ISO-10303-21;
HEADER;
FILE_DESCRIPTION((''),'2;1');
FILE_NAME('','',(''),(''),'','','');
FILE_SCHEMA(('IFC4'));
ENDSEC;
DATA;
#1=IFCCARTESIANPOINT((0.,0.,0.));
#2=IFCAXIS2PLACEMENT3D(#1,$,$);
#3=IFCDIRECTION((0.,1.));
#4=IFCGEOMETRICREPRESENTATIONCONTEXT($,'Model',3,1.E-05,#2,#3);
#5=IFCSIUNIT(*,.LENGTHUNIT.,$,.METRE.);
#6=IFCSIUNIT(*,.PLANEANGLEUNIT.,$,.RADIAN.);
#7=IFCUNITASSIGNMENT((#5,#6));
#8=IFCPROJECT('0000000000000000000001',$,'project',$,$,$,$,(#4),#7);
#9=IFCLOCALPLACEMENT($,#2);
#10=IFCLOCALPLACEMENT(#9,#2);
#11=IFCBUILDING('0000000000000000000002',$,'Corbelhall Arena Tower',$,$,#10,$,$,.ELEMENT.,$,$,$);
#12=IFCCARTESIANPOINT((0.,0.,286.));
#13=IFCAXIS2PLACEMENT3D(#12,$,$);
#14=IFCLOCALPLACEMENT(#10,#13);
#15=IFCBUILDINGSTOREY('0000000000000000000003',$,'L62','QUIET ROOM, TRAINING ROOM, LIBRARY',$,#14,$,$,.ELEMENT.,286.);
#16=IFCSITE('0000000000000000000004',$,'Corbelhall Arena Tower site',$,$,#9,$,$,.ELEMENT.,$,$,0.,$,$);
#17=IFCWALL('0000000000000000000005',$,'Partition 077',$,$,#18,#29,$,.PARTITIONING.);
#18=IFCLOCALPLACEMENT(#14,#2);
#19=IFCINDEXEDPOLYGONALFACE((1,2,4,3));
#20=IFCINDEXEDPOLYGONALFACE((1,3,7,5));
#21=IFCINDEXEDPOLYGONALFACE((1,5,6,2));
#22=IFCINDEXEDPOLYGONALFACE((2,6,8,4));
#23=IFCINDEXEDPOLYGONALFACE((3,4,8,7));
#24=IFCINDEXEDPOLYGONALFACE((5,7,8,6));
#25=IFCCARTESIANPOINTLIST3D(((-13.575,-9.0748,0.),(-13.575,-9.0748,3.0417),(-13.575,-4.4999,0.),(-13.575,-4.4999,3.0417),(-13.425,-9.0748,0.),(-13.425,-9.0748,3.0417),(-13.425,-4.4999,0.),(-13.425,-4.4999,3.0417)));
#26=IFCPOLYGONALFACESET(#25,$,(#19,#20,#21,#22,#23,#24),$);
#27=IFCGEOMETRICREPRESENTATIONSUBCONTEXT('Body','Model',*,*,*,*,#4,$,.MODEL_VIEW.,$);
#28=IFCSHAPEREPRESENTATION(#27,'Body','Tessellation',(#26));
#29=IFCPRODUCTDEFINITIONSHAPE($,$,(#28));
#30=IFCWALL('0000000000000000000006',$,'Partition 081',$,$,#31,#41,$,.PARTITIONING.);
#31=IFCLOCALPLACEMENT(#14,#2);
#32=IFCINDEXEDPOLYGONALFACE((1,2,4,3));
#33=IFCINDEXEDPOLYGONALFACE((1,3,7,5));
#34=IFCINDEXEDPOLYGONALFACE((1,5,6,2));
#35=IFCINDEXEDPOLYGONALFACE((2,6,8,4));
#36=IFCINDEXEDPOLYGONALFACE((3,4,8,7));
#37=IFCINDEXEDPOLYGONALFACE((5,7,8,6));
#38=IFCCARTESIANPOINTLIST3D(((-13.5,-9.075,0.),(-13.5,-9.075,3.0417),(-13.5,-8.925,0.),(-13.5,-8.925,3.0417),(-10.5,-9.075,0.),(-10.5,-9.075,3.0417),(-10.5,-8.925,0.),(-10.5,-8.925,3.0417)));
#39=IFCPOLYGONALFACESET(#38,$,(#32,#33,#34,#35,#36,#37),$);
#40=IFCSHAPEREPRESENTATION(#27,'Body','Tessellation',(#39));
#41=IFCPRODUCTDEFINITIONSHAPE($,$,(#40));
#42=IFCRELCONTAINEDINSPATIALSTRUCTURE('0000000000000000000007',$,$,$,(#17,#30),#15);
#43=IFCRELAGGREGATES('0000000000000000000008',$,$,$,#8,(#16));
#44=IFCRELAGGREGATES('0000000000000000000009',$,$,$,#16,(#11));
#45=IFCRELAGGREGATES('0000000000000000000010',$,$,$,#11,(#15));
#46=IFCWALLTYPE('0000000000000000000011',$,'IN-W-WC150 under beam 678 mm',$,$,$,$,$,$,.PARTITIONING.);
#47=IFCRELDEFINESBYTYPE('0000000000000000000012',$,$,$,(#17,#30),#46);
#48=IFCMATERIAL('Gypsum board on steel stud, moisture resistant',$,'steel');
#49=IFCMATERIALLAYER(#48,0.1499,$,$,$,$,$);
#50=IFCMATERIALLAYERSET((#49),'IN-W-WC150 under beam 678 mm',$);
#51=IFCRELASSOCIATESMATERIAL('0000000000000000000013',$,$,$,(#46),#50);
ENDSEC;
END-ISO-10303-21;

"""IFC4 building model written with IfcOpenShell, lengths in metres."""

from ifc_helpers import new_model, si_unit, direction, frame, frame_2d, origin, place, context, subcontext, project, spatial, rectangle, extrude, material, layer, layer_set, type_object, element, save


model = new_model("IFC4")

# Units and contexts
model_context = context("Model", 3, precision=1e-05, world=origin(), true_north=direction((0.0, 1.0)))
body_context = subcontext(model_context, "Body", "Model", "MODEL_VIEW")
ifc_project = project(units=[si_unit("LENGTHUNIT", "METRE"), si_unit("PLANEANGLEUNIT", "RADIAN")], contexts=[model_context])

# Site, building, storey
site_placement = place(None, origin())
site = spatial("IfcSite", under=ifc_project, at=site_placement, Name="Corbelhall Arena Tower site", CompositionType="ELEMENT", RefElevation=0.0)
building_placement = place(site_placement, origin())
building = spatial("IfcBuilding", under=site, at=building_placement, Name="Corbelhall Arena Tower", CompositionType="ELEMENT")
storey_placement = place(building_placement, frame((0.0, 0.0, 286.0)))
storey = spatial("IfcBuildingStorey", under=building, at=storey_placement, Name="L62", Description="QUIET ROOM, TRAINING ROOM, LIBRARY", CompositionType="ELEMENT", Elevation=286.0)

# Shared definitions
ifc_material_1 = material(Name="Gypsum board on steel stud, moisture resistant", Category="steel")

# Walls
ifc_layer_1 = layer(ifc_material_1, 0.1499)
ifc_layer_set_1 = layer_set([ifc_layer_1], Name="IN-W-WC150 under beam 678 mm")
wall_type_1 = type_object("IfcWallType", Name="IN-W-WC150 under beam 678 mm", PredefinedType="PARTITIONING", material=ifc_layer_set_1)
wall_1_placement = place(storey_placement, frame((-13.5, -9.075, 0.0), z_axis=(0.0, 0.0, 1.0), x_axis=(0.0, 1.0, 0.0)))
element("IfcWall", 1, at=wall_1_placement, inside=storey, type_object=wall_type_1, Name="Partition 077", PredefinedType="PARTITIONING", context=body_context, shape_type="SweptSolid", body=[
    extrude(rectangle(XDim=4.575, YDim=0.1499, at=frame_2d((2.2876, 0.0))), origin(), (0.0, 0.0, 1.0), 3.0417),
])
wall_2_placement = place(storey_placement, frame((-10.5, -9.0, 0.0), z_axis=(0.0, 0.0, 1.0), x_axis=(-1.0, 0.0, 0.0)))
element("IfcWall", 2, at=wall_2_placement, inside=storey, type_object=wall_type_1, Name="Partition 081", PredefinedType="PARTITIONING", context=body_context, shape_type="SweptSolid", body=[
    extrude(rectangle(XDim=3.0, YDim=0.1499, at=frame_2d((1.5, 0.0))), origin(), (0.0, 0.0, 1.0), 3.0417),
])

save(model, "model.ifc")
